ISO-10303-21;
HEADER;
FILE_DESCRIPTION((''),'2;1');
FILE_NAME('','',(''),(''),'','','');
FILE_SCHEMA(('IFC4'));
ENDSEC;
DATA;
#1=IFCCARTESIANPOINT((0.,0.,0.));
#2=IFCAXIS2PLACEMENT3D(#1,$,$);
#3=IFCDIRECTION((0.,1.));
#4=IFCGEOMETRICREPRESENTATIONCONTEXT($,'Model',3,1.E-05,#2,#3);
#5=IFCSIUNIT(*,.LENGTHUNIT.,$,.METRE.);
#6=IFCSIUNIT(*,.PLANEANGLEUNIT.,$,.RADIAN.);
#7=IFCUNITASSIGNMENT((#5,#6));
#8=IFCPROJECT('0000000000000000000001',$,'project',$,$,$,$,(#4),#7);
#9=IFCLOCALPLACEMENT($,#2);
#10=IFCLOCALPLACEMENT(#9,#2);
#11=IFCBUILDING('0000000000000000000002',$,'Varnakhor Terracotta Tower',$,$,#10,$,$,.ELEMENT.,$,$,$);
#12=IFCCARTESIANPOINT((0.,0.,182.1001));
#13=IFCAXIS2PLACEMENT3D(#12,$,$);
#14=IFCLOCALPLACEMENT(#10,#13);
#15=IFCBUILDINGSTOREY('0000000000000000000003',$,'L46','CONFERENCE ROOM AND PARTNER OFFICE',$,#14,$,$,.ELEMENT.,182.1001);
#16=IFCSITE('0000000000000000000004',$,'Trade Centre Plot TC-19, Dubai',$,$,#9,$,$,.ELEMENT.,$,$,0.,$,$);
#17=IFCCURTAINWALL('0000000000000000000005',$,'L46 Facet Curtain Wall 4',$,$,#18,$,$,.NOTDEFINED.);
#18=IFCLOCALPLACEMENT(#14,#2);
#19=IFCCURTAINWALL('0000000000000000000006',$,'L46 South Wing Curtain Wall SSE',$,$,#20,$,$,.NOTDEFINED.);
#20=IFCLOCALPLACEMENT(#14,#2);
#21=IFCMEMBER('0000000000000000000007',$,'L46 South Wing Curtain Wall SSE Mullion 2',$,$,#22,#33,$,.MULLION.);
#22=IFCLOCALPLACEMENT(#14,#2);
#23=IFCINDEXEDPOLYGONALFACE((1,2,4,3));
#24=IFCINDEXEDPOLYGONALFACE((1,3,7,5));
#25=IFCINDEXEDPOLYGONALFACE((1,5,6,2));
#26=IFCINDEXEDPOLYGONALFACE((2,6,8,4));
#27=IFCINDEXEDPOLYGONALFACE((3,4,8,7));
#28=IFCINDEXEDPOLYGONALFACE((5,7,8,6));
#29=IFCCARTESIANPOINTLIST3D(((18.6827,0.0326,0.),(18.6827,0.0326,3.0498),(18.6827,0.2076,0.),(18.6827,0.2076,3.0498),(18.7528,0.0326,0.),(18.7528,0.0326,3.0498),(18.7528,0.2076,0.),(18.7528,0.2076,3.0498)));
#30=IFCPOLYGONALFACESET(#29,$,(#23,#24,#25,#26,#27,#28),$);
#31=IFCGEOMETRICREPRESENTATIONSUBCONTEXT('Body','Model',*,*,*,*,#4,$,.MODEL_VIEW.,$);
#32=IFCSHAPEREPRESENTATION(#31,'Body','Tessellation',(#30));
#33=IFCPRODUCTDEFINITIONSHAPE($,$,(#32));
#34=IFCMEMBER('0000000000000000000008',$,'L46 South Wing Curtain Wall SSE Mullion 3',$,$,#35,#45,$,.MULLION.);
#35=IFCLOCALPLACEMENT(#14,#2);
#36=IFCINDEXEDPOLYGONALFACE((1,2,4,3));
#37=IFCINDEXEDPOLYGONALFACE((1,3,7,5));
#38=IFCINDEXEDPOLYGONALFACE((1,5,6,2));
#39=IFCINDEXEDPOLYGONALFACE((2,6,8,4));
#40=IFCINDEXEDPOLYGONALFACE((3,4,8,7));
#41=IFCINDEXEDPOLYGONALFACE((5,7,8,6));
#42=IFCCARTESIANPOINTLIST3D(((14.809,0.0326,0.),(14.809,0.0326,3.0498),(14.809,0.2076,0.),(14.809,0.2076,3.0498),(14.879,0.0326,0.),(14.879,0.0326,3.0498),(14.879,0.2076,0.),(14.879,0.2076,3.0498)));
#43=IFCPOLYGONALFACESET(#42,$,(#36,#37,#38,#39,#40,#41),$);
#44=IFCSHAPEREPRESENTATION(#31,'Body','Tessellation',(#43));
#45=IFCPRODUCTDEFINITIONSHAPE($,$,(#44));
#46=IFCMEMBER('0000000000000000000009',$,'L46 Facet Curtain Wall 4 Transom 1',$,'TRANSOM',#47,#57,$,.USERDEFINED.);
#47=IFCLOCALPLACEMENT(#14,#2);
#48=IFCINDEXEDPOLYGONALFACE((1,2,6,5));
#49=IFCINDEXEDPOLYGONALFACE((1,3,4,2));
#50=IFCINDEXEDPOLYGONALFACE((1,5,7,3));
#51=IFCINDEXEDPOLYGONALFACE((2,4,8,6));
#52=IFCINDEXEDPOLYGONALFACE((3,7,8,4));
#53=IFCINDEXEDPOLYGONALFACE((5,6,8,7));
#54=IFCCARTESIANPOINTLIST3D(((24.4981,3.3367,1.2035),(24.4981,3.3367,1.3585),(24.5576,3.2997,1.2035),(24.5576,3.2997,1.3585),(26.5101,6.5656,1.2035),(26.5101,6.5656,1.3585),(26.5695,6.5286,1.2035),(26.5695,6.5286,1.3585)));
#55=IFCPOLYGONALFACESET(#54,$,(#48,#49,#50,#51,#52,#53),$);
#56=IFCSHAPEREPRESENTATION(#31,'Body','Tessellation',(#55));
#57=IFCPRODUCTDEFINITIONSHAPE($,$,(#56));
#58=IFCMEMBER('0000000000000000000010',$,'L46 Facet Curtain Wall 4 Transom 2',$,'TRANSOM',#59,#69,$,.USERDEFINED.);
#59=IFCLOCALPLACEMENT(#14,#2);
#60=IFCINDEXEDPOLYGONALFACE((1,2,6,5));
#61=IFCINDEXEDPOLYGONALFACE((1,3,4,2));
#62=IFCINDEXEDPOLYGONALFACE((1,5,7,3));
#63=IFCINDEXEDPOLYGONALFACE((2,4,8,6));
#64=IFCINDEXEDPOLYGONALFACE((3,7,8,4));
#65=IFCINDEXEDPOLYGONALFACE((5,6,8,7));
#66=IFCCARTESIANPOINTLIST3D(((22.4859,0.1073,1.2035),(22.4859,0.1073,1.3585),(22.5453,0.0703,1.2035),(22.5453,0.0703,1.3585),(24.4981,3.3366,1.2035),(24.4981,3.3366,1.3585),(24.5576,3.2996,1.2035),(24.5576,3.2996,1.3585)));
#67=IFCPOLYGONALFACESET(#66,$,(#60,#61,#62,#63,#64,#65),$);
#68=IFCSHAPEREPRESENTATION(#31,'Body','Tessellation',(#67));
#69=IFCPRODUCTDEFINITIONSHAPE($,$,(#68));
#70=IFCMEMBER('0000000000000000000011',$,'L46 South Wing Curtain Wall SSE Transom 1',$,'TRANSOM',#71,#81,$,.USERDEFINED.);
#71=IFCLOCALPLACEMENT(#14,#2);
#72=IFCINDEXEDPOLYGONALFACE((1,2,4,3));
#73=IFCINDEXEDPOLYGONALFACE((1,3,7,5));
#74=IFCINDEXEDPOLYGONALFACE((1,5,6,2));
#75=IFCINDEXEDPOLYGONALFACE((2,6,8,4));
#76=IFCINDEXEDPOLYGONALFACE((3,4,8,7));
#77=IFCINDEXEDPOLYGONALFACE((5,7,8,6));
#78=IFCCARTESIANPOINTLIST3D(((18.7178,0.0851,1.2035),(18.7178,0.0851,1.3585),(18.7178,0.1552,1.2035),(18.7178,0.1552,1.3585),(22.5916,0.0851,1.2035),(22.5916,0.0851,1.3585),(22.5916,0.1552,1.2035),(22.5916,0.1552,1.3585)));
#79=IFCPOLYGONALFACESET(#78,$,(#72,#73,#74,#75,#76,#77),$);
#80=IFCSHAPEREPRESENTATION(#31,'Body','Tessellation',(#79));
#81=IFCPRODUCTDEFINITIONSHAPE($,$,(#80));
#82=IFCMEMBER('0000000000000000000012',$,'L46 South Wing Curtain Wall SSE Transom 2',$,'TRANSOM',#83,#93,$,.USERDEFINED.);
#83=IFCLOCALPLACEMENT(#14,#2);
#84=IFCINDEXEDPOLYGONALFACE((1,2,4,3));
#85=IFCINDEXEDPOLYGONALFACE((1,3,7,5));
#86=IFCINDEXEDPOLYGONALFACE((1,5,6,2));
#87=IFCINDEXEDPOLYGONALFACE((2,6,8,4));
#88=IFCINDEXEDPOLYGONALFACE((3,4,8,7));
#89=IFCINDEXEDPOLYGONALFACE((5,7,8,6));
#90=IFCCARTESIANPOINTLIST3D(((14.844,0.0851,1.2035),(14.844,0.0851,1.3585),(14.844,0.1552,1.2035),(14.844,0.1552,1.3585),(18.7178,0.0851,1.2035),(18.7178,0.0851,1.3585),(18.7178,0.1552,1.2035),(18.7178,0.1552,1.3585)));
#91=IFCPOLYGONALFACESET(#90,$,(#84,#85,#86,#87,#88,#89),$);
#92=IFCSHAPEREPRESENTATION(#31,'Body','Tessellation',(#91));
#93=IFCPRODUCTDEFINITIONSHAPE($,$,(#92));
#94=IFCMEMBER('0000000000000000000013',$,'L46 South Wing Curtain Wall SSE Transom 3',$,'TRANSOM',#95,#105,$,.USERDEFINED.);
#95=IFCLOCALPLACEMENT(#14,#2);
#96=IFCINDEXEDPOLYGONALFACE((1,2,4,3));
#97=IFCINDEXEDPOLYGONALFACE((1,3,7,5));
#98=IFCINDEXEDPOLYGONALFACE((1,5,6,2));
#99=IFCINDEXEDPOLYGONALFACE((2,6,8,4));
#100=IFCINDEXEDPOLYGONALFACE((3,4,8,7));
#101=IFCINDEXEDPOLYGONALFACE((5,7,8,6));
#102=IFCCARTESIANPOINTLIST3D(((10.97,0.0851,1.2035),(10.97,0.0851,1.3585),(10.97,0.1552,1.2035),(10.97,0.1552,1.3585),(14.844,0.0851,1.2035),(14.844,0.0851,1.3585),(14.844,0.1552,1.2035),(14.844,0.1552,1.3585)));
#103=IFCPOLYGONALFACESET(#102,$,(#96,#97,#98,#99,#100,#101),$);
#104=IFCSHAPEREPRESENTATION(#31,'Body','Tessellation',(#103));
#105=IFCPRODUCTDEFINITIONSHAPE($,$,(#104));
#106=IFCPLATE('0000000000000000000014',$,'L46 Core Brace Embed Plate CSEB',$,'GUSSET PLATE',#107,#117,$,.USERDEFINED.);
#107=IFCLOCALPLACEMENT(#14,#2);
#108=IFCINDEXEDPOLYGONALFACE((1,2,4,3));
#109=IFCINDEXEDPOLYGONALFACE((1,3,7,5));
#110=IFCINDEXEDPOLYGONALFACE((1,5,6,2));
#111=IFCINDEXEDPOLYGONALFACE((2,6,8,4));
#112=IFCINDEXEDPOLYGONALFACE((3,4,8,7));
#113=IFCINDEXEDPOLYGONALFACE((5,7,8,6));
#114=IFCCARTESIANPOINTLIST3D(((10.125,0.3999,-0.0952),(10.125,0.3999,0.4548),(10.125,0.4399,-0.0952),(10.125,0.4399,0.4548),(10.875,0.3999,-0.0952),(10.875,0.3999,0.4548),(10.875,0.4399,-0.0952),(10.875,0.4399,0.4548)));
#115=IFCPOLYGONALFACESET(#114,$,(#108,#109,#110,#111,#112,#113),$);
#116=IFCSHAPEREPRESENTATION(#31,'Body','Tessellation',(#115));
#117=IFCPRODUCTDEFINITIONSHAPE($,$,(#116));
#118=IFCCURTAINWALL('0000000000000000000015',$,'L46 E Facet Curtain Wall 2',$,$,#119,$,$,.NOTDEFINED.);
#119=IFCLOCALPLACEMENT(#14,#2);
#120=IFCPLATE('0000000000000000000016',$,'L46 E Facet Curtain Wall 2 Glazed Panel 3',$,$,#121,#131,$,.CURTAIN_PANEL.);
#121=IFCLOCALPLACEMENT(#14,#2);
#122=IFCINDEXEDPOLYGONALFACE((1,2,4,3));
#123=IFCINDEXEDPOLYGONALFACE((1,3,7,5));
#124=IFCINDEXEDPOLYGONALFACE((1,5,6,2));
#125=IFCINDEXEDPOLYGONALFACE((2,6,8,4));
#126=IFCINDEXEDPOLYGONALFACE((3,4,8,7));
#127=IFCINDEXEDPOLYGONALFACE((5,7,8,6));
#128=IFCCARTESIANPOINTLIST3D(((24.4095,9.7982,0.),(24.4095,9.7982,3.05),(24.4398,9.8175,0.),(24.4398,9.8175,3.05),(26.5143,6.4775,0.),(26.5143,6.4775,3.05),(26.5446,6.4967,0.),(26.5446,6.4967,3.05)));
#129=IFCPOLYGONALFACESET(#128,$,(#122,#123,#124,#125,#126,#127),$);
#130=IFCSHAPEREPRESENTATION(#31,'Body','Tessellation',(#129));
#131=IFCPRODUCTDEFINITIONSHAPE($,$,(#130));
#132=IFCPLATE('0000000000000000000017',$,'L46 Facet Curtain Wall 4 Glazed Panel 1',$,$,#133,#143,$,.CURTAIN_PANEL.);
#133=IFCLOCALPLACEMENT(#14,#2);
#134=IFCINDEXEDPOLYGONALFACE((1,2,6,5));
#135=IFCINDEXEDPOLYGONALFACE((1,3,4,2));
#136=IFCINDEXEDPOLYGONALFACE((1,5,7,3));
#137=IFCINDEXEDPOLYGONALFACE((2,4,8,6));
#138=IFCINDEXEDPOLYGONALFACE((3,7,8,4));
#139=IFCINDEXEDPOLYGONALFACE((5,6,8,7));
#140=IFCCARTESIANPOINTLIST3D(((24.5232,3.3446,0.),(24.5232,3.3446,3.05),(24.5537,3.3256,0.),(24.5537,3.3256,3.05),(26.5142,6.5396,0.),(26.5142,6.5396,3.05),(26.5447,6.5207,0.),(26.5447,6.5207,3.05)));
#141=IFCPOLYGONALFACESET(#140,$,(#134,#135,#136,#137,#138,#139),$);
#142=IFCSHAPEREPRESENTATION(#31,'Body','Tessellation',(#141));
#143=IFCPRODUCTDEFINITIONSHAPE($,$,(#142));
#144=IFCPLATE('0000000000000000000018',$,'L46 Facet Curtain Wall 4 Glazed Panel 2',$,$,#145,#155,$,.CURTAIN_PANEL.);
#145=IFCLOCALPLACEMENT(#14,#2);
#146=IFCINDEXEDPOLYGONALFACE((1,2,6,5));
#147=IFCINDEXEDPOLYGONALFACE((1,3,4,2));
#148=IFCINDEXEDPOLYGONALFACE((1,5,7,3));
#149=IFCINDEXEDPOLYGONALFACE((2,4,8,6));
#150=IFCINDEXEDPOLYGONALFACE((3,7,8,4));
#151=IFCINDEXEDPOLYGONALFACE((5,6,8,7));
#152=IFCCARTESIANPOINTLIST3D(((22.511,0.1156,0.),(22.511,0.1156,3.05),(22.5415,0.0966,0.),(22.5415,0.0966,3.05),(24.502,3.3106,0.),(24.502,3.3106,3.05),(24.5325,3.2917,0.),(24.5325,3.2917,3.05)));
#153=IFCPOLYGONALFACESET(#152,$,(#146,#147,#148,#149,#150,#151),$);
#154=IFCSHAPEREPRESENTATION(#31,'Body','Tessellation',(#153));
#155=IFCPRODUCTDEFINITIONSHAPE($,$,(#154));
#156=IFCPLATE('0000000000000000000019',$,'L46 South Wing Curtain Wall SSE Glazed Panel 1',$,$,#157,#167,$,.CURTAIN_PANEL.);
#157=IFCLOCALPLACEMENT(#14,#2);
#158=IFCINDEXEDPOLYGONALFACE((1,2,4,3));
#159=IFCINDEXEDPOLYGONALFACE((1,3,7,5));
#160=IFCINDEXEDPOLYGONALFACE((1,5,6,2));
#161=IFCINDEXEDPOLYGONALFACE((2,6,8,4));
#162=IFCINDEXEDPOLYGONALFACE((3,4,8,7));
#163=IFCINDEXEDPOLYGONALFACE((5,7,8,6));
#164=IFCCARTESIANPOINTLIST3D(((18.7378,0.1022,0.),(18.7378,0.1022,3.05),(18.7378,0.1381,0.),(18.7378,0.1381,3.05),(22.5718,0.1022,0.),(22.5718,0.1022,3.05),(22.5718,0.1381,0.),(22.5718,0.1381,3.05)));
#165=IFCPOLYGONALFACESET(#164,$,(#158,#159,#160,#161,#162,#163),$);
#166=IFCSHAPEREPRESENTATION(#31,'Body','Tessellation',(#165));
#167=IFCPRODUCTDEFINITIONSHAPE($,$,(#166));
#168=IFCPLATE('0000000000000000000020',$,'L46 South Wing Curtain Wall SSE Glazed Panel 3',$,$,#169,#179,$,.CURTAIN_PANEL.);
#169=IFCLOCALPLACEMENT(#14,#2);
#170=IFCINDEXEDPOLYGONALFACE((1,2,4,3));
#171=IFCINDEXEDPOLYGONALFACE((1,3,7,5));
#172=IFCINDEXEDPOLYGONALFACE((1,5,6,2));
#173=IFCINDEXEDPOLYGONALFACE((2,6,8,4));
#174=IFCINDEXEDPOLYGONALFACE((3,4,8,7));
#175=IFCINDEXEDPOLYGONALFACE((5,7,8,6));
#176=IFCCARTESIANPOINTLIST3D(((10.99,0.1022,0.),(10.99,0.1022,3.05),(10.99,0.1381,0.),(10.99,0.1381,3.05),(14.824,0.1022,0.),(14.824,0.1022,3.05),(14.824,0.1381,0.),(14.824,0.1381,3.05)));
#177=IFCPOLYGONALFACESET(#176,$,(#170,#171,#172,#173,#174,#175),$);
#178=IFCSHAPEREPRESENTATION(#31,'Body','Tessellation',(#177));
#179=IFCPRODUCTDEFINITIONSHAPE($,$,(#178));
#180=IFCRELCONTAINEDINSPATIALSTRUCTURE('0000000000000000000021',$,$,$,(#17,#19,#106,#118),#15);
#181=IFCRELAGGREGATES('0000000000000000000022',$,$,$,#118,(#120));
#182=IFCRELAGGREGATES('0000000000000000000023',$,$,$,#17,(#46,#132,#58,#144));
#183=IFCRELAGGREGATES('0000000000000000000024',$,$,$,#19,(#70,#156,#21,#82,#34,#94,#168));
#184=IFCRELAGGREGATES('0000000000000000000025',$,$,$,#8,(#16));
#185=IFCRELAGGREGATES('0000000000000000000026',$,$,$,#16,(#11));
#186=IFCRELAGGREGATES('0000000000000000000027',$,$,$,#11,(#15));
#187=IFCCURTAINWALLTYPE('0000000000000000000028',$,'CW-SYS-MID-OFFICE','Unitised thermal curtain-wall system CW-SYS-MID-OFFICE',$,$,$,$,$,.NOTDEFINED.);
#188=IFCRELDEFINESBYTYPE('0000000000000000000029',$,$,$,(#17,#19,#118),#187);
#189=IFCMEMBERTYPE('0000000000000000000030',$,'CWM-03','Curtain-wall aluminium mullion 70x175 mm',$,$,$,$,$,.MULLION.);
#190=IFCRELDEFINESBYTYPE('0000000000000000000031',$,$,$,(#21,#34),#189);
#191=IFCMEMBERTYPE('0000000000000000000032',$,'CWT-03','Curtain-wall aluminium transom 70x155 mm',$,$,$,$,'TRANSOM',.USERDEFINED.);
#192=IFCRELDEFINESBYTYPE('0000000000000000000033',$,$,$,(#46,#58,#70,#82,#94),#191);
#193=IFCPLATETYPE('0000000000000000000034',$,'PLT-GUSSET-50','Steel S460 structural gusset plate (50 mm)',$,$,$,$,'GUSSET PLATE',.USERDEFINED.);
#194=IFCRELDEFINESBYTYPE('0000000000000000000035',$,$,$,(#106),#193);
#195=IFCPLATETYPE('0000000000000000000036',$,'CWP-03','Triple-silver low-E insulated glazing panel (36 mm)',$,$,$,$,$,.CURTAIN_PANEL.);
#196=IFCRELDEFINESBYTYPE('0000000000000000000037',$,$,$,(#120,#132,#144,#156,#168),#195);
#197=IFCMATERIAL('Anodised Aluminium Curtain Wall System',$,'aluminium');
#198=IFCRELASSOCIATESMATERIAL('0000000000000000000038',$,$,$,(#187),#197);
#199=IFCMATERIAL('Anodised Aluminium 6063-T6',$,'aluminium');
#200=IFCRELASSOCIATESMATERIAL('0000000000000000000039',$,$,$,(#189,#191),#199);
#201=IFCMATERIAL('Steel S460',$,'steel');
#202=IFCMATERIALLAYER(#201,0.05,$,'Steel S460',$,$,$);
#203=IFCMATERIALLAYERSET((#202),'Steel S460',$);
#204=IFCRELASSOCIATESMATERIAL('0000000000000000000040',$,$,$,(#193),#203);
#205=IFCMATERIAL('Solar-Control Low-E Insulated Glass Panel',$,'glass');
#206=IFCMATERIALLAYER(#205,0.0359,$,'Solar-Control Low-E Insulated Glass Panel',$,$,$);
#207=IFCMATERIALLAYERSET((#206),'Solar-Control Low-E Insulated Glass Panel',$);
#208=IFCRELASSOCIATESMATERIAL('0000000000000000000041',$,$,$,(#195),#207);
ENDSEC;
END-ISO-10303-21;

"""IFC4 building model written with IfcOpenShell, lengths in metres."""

from ifc_helpers import new_model, si_unit, direction, frame, origin, origin_2d, place, context, subcontext, project, spatial, rectangle, extrude, source, transform, mapped, material, layer, layer_set, material_profile, profile_set, type_object, type_shapes, element, aggregate, save


model = new_model("IFC4")

# Units and contexts
model_context = context("Model", 3, precision=1e-05, world=origin(), true_north=direction((0.0, 1.0)))
body_context = subcontext(model_context, "Body", "Model", "MODEL_VIEW")
ifc_project = project(units=[si_unit("LENGTHUNIT", "METRE"), si_unit("PLANEANGLEUNIT", "RADIAN")], contexts=[model_context])

# Site, building, storey
site_placement = place(None, origin())
site = spatial("IfcSite", under=ifc_project, at=site_placement, Name="Trade Centre Plot TC-19, Dubai", CompositionType="ELEMENT", RefElevation=0.0)
building_placement = place(site_placement, origin())
building = spatial("IfcBuilding", under=site, at=building_placement, Name="Varnakhor Terracotta Tower", CompositionType="ELEMENT")
storey_placement = place(building_placement, frame((0.0, 0.0, 182.1001)))
storey = spatial("IfcBuildingStorey", under=building, at=storey_placement, Name="L46", Description="CONFERENCE ROOM AND PARTNER OFFICE", CompositionType="ELEMENT", Elevation=182.1001)

# Shared definitions
ifc_material_1 = material(Name="Steel S460", Category="steel")

# Curtain walls, members
ifc_material_2 = material(Name="Anodised Aluminium Curtain Wall System", Category="aluminium")
curtain_wall_type = type_object("IfcCurtainWallType", Name="CW-SYS-MID-OFFICE", Description="Unitised thermal curtain-wall system CW-SYS-MID-OFFICE", PredefinedType="NOTDEFINED", material=ifc_material_2)
curtain_wall_1_placement = place(storey_placement, origin())
curtain_wall_1 = element("IfcCurtainWall", 1, at=curtain_wall_1_placement, inside=storey, type_object=curtain_wall_type, Name="L46 Facet Curtain Wall 4", PredefinedType="NOTDEFINED")
ifc_material_3 = material(Name="Anodised Aluminium 6063-T6", Category="aluminium")
ifc_material_profile_1 = material_profile(ifc_material_3, rectangle(XDim=0.0701, YDim=0.175, at=origin_2d()), Name="ALU MULLION 70x175")
ifc_profile_set_1 = profile_set([ifc_material_profile_1], Name="Anodised Aluminium 6063-T6")
member_type_1 = type_object("IfcMemberType", Name="CWM-03", Description="Curtain-wall aluminium mullion 70x175 mm", PredefinedType="MULLION", material=ifc_profile_set_1)
shared_shape_1 = source(origin(), body_context, "Body", "SweptSolid", [
    extrude(rectangle(XDim=0.0701, YDim=0.175, at=origin_2d()), origin(), (0.0, 0.0, 1.0), 3.0498),
])
type_shapes(member_type_1, [shared_shape_1])
curtain_wall_2_placement = place(storey_placement, origin())
curtain_wall_2 = element("IfcCurtainWall", 2, at=curtain_wall_2_placement, inside=storey, type_object=curtain_wall_type, Name="L46 South Wing Curtain Wall SSE", PredefinedType="NOTDEFINED")
member_1_placement = place(storey_placement, frame((18.7178, 0.1201, 0.0), z_axis=(0.0, 0.0, 1.0), x_axis=(1.0, 0.0, 0.0)))
member_1 = element("IfcMember", 3, at=member_1_placement, type_object=member_type_1, Name="L46 South Wing Curtain Wall SSE Mullion 2", PredefinedType="MULLION", context=body_context, shape_type="MappedRepresentation", body=[
    mapped(shared_shape_1, transform((0.0, 0.0, 0.0), scale=1.0)),
])
member_2_placement = place(storey_placement, frame((14.844, 0.1201, 0.0), z_axis=(0.0, 0.0, 1.0), x_axis=(1.0, 0.0, 0.0)))
member_2 = element("IfcMember", 4, at=member_2_placement, type_object=member_type_1, Name="L46 South Wing Curtain Wall SSE Mullion 3", PredefinedType="MULLION", context=body_context, shape_type="MappedRepresentation", body=[
    mapped(shared_shape_1, transform((0.0, 0.0, 0.0), scale=1.0)),
])

# Members
ifc_material_profile_2 = material_profile(ifc_material_3, rectangle(XDim=0.0701, YDim=0.155, at=origin_2d()), Name="ALU TRANSOM 70x155")
ifc_profile_set_2 = profile_set([ifc_material_profile_2], Name="Anodised Aluminium 6063-T6")
member_type_2 = type_object("IfcMemberType", Name="CWT-03", Description="Curtain-wall aluminium transom 70x155 mm", ElementType="TRANSOM", PredefinedType="USERDEFINED", material=ifc_profile_set_2)
shared_shape_2 = source(origin(), body_context, "Body", "SweptSolid", [
    extrude(rectangle(XDim=0.0701, YDim=0.155, at=origin_2d()), origin(), (0.0, 0.0, 1.0), 3.8044),
])
member_3_placement = place(storey_placement, frame((26.5398, 6.5471, 1.281), z_axis=(-0.528833, -0.848726, 0.0), x_axis=(0.848726, -0.528833, 0.0)))
member_3 = element("IfcMember", 5, at=member_3_placement, type_object=member_type_2, Name="L46 Facet Curtain Wall 4 Transom 1", ObjectType="TRANSOM", PredefinedType="USERDEFINED", context=body_context, shape_type="MappedRepresentation", body=[
    mapped(shared_shape_2, transform((0.0, 0.0, 0.0), scale=1.0)),
])
shared_shape_3 = source(origin(), body_context, "Body", "SweptSolid", [
    extrude(rectangle(XDim=0.0701, YDim=0.155, at=origin_2d()), origin(), (0.0, 0.0, 1.0), 3.8049),
])
member_4_placement = place(storey_placement, frame((24.5278, 3.3181, 1.281), z_axis=(-0.528851, -0.848715, 0.0), x_axis=(0.848715, -0.528851, 0.0)))
member_4 = element("IfcMember", 6, at=member_4_placement, type_object=member_type_2, Name="L46 Facet Curtain Wall 4 Transom 2", ObjectType="TRANSOM", PredefinedType="USERDEFINED", context=body_context, shape_type="MappedRepresentation", body=[
    mapped(shared_shape_3, transform((0.0, 0.0, 0.0), scale=1.0)),
])
shared_shape_4 = source(origin(), body_context, "Body", "SweptSolid", [
    extrude(rectangle(XDim=0.0701, YDim=0.155, at=origin_2d()), origin(), (0.0, 0.0, 1.0), 3.8738),
])
member_5_placement = place(storey_placement, frame((22.5916, 0.1201, 1.281), z_axis=(-1.0, 0.0, 0.0), x_axis=(0.0, -1.0, 0.0)))
member_5 = element("IfcMember", 7, at=member_5_placement, type_object=member_type_2, Name="L46 South Wing Curtain Wall SSE Transom 1", ObjectType="TRANSOM", PredefinedType="USERDEFINED", context=body_context, shape_type="MappedRepresentation", body=[
    mapped(shared_shape_4, transform((0.0, 0.0, 0.0), scale=1.0)),
])
member_6_placement = place(storey_placement, frame((18.7178, 0.1201, 1.281), z_axis=(-1.0, 0.0, 0.0), x_axis=(0.0, -1.0, 0.0)))
member_6 = element("IfcMember", 8, at=member_6_placement, type_object=member_type_2, Name="L46 South Wing Curtain Wall SSE Transom 2", ObjectType="TRANSOM", PredefinedType="USERDEFINED", context=body_context, shape_type="MappedRepresentation", body=[
    mapped(shared_shape_4, transform((0.0, 0.0, 0.0), scale=1.0)),
])
shared_shape_5 = source(origin(), body_context, "Body", "SweptSolid", [
    extrude(rectangle(XDim=0.0701, YDim=0.155, at=origin_2d()), origin(), (0.0, 0.0, 1.0), 3.874),
])
member_7_placement = place(storey_placement, frame((14.844, 0.1201, 1.281), z_axis=(-1.0, 0.0, 0.0), x_axis=(0.0, -1.0, 0.0)))
member_7 = element("IfcMember", 9, at=member_7_placement, type_object=member_type_2, Name="L46 South Wing Curtain Wall SSE Transom 3", ObjectType="TRANSOM", PredefinedType="USERDEFINED", context=body_context, shape_type="MappedRepresentation", body=[
    mapped(shared_shape_5, transform((0.0, 0.0, 0.0), scale=1.0)),
])

# Plate
ifc_layer_1 = layer(ifc_material_1, 0.05, Name="Steel S460")
ifc_layer_set_1 = layer_set([ifc_layer_1], Name="Steel S460")
plate_type_1 = type_object("IfcPlateType", Name="PLT-GUSSET-50", Description="Steel S460 structural gusset plate (50 mm)", ElementType="GUSSET PLATE", PredefinedType="USERDEFINED", material=ifc_layer_set_1)
shared_shape_6 = source(origin(), body_context, "Body", "SweptSolid", [
    extrude(rectangle(XDim=0.75, YDim=0.04, at=origin_2d()), origin(), (0.0, 0.0, 1.0), 0.55),
])
type_shapes(plate_type_1, [shared_shape_6])
plate_1_placement = place(storey_placement, frame((10.5, 0.4199, -0.0952), z_axis=(0.0, 0.0, 1.0), x_axis=(1.0, 0.0, 0.0)))
element("IfcPlate", 10, at=plate_1_placement, inside=storey, type_object=plate_type_1, Name="L46 Core Brace Embed Plate CSEB", ObjectType="GUSSET PLATE", PredefinedType="USERDEFINED", context=body_context, shape_type="MappedRepresentation", body=[
    mapped(shared_shape_6, transform((0.0, 0.0, 0.0), scale=1.0)),
])

# Curtain wall, plate
curtain_wall_3_placement = place(storey_placement, origin())
curtain_wall_3 = element("IfcCurtainWall", 11, at=curtain_wall_3_placement, inside=storey, type_object=curtain_wall_type, Name="L46 E Facet Curtain Wall 2", PredefinedType="NOTDEFINED")
ifc_material_4 = material(Name="Solar-Control Low-E Insulated Glass Panel", Category="glass")
ifc_layer_2 = layer(ifc_material_4, 0.0359, Name="Solar-Control Low-E Insulated Glass Panel")
ifc_layer_set_2 = layer_set([ifc_layer_2], Name="Solar-Control Low-E Insulated Glass Panel")
plate_type_2 = type_object("IfcPlateType", Name="CWP-03", Description="Triple-silver low-E insulated glazing panel (36 mm)", PredefinedType="CURTAIN_PANEL", material=ifc_layer_set_2)
shared_shape_7 = source(origin(), body_context, "Body", "SweptSolid", [
    extrude(rectangle(XDim=3.9316, YDim=0.0359, at=origin_2d()), origin(), (0.0, 0.0, 1.0), 3.05),
])
plate_2_placement = place(storey_placement, frame((25.4771, 8.1475, 0.0), z_axis=(0.0, 0.0, 1.0), x_axis=(0.535355, -0.844627, 0.0)))
plate_2 = element("IfcPlate", 12, at=plate_2_placement, type_object=plate_type_2, Name="L46 E Facet Curtain Wall 2 Glazed Panel 3", PredefinedType="CURTAIN_PANEL", context=body_context, shape_type="MappedRepresentation", body=[
    mapped(shared_shape_7, transform((0.0, 0.0, 0.0), scale=1.0)),
])
aggregate(curtain_wall_3, [plate_2])

# Plates
shared_shape_8 = source(origin(), body_context, "Body", "SweptSolid", [
    extrude(rectangle(XDim=3.7646, YDim=0.0359, at=origin_2d()), origin(), (0.0, 0.0, 1.0), 3.05),
])
plate_3_placement = place(storey_placement, frame((25.5339, 4.9326, 0.0), z_axis=(0.0, 0.0, 1.0), x_axis=(-0.528868, -0.848704, 0.0)))
plate_3 = element("IfcPlate", 13, at=plate_3_placement, type_object=plate_type_2, Name="L46 Facet Curtain Wall 4 Glazed Panel 1", PredefinedType="CURTAIN_PANEL", context=body_context, shape_type="MappedRepresentation", body=[
    mapped(shared_shape_8, transform((0.0, 0.0, 0.0), scale=1.0)),
])
plate_4_placement = place(storey_placement, frame((23.5217, 1.7036, 0.0), z_axis=(0.0, 0.0, 1.0), x_axis=(-0.528868, -0.848704, 0.0)))
plate_4 = element("IfcPlate", 14, at=plate_4_placement, type_object=plate_type_2, Name="L46 Facet Curtain Wall 4 Glazed Panel 2", PredefinedType="CURTAIN_PANEL", context=body_context, shape_type="MappedRepresentation", body=[
    mapped(shared_shape_8, transform((0.0, 0.0, 0.0), scale=1.0)),
])
aggregate(curtain_wall_1, [member_3, plate_3, member_4, plate_4])
shared_shape_9 = source(origin(), body_context, "Body", "SweptSolid", [
    extrude(rectangle(XDim=3.834, YDim=0.0359, at=origin_2d()), origin(), (0.0, 0.0, 1.0), 3.05),
])
plate_5_placement = place(storey_placement, frame((20.6548, 0.1201, 0.0), z_axis=(0.0, 0.0, 1.0), x_axis=(-1.0, 0.0, 0.0)))
plate_5 = element("IfcPlate", 15, at=plate_5_placement, type_object=plate_type_2, Name="L46 South Wing Curtain Wall SSE Glazed Panel 1", PredefinedType="CURTAIN_PANEL", context=body_context, shape_type="MappedRepresentation", body=[
    mapped(shared_shape_9, transform((0.0, 0.0, 0.0), scale=1.0)),
])
plate_6_placement = place(storey_placement, frame((12.907, 0.1201, 0.0), z_axis=(0.0, 0.0, 1.0), x_axis=(-1.0, 0.0, 0.0)))
plate_6 = element("IfcPlate", 16, at=plate_6_placement, type_object=plate_type_2, Name="L46 South Wing Curtain Wall SSE Glazed Panel 3", PredefinedType="CURTAIN_PANEL", context=body_context, shape_type="MappedRepresentation", body=[
    mapped(shared_shape_9, transform((0.0, 0.0, 0.0), scale=1.0)),
])
aggregate(curtain_wall_2, [member_5, plate_5, member_1, member_6, member_2, member_7, plate_6])

save(model, "model.ifc")
